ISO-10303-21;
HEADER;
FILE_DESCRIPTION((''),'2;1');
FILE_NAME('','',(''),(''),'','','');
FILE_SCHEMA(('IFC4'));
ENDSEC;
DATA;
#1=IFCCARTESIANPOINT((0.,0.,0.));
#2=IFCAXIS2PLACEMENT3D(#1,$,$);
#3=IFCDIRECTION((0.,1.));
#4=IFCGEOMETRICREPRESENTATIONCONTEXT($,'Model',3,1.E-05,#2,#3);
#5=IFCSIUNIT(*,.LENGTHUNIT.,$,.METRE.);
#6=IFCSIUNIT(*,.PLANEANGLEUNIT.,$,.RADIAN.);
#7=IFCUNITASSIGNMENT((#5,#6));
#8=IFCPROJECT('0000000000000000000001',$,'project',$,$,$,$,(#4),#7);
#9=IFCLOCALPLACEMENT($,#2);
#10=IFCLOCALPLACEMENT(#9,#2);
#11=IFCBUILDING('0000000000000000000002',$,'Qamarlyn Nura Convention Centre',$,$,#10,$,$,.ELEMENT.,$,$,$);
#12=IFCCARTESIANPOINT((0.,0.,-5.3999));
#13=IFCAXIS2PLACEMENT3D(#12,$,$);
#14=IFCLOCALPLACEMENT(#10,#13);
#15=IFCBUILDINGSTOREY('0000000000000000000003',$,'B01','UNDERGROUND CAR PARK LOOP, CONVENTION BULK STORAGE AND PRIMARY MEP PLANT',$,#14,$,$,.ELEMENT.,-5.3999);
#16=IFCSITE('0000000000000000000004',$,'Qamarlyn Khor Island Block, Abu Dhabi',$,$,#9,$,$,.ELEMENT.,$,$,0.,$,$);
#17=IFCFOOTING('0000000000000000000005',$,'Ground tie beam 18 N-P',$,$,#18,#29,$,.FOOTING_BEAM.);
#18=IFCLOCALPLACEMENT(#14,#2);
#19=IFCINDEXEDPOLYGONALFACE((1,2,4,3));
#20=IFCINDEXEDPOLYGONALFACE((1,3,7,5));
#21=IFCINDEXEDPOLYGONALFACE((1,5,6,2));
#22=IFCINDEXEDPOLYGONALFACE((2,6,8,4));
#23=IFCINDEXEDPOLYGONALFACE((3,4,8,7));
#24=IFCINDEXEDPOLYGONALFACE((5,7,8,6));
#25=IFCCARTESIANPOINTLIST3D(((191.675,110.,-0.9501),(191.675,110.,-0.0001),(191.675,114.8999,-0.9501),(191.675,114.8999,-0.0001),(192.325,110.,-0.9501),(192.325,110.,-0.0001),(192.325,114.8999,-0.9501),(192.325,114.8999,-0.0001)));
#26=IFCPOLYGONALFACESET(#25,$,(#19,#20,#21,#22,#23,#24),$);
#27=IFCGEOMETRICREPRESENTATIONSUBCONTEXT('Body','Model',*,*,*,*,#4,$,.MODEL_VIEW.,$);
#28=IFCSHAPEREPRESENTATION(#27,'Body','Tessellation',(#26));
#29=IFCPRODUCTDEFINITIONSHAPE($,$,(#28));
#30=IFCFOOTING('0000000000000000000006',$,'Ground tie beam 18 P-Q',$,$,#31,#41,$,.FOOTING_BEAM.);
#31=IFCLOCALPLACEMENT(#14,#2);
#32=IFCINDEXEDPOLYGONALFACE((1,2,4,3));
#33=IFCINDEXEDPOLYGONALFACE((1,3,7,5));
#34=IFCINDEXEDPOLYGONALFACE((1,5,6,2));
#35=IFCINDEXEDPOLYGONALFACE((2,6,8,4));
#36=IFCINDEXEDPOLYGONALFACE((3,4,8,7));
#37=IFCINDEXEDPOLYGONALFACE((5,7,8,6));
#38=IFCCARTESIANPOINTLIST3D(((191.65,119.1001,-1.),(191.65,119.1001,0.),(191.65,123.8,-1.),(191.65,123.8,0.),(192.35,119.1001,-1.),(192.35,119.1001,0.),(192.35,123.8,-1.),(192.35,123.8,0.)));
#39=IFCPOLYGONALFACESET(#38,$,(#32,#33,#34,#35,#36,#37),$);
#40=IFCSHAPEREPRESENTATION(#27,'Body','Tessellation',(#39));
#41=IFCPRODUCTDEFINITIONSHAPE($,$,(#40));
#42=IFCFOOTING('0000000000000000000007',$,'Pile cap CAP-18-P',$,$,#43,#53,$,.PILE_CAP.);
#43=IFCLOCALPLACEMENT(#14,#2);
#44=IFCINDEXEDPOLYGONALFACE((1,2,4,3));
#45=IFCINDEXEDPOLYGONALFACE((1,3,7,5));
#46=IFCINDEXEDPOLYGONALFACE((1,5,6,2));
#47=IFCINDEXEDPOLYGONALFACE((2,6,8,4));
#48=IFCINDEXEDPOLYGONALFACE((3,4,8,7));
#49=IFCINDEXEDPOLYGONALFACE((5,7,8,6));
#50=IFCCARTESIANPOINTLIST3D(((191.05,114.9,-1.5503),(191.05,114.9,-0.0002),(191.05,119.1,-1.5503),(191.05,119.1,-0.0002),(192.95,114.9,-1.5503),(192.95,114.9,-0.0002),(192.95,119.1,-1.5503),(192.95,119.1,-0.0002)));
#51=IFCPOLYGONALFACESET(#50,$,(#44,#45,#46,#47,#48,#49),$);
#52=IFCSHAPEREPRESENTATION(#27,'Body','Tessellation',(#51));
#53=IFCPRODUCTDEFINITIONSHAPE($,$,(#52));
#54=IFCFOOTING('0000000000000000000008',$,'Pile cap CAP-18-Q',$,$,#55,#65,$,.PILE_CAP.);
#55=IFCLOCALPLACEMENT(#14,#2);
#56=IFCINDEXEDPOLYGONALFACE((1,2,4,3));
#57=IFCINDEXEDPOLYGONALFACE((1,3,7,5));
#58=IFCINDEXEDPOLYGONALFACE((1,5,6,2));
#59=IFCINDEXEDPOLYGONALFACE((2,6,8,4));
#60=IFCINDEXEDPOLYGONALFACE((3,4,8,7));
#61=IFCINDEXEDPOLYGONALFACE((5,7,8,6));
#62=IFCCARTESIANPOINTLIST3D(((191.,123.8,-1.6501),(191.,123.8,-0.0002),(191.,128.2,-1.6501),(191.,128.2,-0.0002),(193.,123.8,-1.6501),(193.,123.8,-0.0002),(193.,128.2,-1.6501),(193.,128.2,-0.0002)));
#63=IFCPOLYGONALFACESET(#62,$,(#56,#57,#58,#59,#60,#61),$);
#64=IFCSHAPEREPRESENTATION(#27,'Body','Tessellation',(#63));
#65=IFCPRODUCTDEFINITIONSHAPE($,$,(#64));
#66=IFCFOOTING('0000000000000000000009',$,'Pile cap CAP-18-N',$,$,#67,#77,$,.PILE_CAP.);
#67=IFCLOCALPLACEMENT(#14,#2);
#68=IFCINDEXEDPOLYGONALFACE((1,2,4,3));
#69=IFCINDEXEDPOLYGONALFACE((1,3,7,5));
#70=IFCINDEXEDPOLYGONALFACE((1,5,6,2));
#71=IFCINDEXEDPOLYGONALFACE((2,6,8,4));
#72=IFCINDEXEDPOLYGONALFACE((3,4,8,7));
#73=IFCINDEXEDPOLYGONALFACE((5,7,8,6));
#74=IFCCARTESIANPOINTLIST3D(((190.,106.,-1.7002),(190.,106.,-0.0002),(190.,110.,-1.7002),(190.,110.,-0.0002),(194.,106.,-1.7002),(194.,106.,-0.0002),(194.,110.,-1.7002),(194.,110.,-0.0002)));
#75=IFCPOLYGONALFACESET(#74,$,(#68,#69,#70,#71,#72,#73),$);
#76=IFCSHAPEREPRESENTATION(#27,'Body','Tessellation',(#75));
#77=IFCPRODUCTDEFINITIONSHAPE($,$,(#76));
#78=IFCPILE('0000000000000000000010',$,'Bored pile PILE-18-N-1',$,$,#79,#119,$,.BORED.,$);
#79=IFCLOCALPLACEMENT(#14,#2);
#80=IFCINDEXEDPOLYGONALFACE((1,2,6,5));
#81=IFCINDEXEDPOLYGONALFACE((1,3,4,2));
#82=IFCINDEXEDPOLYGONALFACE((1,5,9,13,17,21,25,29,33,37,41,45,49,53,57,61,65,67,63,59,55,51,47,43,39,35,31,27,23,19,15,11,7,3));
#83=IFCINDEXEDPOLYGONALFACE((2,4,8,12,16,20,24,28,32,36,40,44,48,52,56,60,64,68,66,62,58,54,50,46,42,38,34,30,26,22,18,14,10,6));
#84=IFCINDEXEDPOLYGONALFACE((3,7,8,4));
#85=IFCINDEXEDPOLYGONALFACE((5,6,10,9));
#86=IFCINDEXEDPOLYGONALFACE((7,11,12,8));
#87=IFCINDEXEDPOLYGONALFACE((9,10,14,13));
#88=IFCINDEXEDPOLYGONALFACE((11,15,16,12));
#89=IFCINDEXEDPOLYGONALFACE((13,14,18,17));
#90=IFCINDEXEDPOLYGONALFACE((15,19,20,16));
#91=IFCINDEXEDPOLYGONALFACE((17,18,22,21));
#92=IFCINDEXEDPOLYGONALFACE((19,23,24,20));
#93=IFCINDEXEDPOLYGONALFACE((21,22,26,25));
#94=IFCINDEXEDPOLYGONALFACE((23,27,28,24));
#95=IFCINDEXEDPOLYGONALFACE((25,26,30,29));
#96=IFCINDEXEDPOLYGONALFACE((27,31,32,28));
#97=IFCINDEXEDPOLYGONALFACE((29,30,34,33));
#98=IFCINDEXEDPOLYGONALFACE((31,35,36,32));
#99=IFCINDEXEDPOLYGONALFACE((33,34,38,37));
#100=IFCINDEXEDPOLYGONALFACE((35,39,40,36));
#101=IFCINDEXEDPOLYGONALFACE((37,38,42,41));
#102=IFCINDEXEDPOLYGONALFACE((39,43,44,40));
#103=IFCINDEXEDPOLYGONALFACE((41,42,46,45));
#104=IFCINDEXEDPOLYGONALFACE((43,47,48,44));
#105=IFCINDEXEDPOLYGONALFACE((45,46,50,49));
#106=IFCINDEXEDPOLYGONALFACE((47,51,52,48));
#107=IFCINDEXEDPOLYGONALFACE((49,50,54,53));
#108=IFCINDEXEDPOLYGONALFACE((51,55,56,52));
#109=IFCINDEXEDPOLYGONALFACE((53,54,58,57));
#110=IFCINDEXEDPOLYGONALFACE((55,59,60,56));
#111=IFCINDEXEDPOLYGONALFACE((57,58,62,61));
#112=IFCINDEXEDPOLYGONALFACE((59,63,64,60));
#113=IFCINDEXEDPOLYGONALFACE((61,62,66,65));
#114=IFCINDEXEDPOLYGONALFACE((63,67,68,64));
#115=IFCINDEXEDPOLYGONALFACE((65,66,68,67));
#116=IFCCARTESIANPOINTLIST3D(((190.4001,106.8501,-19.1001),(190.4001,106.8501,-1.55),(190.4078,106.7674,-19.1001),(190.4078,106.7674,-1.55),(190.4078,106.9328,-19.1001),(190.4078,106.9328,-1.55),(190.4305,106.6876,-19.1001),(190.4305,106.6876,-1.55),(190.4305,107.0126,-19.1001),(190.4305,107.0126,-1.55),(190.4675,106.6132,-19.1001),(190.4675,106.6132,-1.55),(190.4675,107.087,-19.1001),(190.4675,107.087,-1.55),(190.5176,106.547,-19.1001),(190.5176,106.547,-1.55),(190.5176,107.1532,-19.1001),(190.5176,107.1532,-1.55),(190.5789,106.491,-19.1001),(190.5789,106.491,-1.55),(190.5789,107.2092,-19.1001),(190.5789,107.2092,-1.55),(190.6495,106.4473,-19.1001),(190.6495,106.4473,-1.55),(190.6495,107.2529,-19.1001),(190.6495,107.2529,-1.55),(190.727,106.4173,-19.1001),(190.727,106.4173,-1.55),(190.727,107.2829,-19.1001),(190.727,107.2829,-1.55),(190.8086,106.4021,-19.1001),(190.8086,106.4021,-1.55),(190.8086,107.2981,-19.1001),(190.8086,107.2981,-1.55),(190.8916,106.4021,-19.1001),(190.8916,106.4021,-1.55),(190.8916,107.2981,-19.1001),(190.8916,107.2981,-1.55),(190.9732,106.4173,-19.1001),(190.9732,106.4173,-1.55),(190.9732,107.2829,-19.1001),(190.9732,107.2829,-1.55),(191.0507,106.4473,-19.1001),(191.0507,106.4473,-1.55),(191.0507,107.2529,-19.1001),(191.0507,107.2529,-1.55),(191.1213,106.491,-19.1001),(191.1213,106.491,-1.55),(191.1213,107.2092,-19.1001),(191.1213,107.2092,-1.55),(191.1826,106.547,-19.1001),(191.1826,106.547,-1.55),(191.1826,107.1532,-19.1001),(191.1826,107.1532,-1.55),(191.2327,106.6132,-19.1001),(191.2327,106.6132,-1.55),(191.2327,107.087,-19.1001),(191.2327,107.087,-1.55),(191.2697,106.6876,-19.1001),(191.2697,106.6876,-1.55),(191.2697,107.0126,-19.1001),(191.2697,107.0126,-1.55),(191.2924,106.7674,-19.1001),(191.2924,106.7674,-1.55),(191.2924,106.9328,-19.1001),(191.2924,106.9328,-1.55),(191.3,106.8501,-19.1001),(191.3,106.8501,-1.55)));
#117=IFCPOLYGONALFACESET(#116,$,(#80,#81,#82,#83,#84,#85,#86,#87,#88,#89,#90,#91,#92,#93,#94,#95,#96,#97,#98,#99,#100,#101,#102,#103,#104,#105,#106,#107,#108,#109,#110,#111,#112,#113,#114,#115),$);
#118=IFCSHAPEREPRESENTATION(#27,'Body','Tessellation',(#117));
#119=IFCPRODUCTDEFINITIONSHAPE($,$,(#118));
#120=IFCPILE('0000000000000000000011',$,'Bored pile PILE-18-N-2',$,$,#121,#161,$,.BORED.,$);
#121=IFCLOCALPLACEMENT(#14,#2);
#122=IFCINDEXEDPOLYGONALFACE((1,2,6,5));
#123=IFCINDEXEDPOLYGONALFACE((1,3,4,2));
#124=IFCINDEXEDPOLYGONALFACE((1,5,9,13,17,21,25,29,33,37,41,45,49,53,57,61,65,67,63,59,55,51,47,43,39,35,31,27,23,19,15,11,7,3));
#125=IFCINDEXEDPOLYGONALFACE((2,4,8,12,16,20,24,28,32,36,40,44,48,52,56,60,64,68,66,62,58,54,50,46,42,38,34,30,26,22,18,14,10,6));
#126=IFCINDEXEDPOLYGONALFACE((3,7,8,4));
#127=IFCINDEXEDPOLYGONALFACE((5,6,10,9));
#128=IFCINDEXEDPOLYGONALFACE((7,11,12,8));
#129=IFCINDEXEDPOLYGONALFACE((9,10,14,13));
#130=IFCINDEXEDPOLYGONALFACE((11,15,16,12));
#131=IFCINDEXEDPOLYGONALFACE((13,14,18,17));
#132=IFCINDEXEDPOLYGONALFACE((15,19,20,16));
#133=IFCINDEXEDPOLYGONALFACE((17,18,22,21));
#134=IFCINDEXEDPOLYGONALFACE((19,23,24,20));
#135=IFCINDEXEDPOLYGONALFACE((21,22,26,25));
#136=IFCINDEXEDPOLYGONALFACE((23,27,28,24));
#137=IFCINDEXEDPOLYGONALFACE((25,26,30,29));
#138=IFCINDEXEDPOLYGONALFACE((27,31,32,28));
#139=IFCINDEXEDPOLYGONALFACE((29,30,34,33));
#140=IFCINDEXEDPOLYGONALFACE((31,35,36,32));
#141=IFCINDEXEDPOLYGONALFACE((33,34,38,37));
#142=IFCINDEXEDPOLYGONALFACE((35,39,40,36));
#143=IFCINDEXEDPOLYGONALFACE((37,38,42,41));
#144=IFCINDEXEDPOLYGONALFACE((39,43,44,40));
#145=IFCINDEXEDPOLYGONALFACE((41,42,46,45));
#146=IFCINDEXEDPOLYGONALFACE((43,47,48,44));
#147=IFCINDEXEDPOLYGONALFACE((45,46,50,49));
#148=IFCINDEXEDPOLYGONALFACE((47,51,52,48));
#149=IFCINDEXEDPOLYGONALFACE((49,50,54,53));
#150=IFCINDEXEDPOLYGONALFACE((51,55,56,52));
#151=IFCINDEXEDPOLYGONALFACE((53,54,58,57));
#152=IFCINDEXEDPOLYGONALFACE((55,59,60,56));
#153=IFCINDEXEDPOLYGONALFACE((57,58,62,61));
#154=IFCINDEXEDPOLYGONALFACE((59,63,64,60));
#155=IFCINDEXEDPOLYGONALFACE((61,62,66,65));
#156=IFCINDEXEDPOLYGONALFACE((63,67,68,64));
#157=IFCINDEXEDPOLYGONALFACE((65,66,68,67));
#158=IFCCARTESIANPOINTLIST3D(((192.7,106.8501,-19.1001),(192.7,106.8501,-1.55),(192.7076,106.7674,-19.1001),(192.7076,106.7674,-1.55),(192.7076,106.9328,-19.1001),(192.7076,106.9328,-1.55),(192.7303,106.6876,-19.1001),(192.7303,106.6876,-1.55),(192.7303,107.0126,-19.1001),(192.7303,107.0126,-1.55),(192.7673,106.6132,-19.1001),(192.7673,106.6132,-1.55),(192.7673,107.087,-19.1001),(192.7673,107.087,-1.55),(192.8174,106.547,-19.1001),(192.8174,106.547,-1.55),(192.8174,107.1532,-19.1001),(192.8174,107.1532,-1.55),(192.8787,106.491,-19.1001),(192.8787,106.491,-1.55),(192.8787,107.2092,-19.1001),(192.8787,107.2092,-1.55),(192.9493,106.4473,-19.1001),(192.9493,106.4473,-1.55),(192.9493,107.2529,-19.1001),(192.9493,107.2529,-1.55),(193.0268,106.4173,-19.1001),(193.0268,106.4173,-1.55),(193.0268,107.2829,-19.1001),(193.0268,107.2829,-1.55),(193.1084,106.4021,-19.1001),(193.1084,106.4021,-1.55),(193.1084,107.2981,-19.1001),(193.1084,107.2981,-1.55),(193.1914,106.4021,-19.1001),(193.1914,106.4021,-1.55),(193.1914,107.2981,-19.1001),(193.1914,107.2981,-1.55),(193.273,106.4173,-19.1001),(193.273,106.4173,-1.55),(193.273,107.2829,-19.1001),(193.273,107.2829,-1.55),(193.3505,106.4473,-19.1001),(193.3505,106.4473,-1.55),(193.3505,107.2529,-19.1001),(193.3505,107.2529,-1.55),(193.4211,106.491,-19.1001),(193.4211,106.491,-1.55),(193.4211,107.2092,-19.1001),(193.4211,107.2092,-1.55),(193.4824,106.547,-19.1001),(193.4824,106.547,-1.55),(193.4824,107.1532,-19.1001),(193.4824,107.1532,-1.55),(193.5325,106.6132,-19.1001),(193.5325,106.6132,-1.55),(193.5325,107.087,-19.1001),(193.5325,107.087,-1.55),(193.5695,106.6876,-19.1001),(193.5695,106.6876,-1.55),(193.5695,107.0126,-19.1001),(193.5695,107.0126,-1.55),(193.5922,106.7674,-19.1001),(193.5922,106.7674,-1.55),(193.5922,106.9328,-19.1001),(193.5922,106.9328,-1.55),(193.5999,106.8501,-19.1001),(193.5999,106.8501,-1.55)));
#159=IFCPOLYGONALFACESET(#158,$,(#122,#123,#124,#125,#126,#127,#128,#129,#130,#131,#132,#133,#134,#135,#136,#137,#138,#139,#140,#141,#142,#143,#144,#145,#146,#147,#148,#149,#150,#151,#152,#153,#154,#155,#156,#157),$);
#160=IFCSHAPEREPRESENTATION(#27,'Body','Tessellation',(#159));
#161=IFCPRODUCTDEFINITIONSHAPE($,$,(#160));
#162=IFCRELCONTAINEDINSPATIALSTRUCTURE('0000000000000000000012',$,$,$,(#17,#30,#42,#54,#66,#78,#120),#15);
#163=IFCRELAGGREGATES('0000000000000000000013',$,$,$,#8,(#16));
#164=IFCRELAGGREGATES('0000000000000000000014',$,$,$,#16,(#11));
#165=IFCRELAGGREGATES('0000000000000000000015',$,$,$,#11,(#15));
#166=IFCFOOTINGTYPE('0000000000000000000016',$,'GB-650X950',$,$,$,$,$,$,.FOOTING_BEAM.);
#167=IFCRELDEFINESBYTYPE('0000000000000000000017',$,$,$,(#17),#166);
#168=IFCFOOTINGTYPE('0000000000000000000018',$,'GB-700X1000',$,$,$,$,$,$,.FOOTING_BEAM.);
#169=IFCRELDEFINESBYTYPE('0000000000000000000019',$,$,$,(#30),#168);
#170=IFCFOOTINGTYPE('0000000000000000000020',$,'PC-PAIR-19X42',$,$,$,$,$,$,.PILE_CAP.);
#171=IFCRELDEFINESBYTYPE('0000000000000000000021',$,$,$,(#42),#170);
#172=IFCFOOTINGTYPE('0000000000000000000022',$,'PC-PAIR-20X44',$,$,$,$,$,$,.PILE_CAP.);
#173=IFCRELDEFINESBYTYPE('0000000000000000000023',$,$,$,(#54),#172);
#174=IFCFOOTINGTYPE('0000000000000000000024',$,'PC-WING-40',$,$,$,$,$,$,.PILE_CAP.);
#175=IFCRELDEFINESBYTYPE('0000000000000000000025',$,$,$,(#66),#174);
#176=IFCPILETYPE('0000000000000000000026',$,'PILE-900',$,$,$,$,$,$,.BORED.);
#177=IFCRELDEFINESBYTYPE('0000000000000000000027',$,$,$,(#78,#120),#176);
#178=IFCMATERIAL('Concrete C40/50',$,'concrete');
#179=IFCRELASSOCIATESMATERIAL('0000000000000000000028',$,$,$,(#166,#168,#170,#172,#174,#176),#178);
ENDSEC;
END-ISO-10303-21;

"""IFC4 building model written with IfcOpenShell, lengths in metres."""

from ifc_helpers import new_model, si_unit, direction, frame, origin, origin_2d, place, context, subcontext, project, spatial, rectangle, circle, extrude, material, material_profile, profile_set, type_object, element, save


model = new_model("IFC4")

# Units and contexts
model_context = context("Model", 3, precision=1e-05, world=origin(), true_north=direction((0.0, 1.0)))
body_context = subcontext(model_context, "Body", "Model", "MODEL_VIEW")
ifc_project = project(units=[si_unit("LENGTHUNIT", "METRE"), si_unit("PLANEANGLEUNIT", "RADIAN")], contexts=[model_context])

# Site, building, storey
site_placement = place(None, origin())
site = spatial("IfcSite", under=ifc_project, at=site_placement, Name="Qamarlyn Khor Island Block, Abu Dhabi", CompositionType="ELEMENT", RefElevation=0.0)
building_placement = place(site_placement, origin())
building = spatial("IfcBuilding", under=site, at=building_placement, Name="Qamarlyn Nura Convention Centre", CompositionType="ELEMENT")
storey_placement = place(building_placement, frame((0.0, 0.0, -5.3999)))
storey = spatial("IfcBuildingStorey", under=building, at=storey_placement, Name="B01", Description="UNDERGROUND CAR PARK LOOP, CONVENTION BULK STORAGE AND PRIMARY MEP PLANT", CompositionType="ELEMENT", Elevation=-5.3999)

# Footings
ifc_material_1 = material(Name="Concrete C40/50", Category="concrete")
ifc_material_profile_1 = material_profile(ifc_material_1, rectangle(XDim=0.6499, YDim=0.95, at=origin_2d()), Name="RC GB 650x950")
ifc_profile_set_1 = profile_set([ifc_material_profile_1], Name="Concrete C40/50")
footing_type_1 = type_object("IfcFootingType", Name="GB-650X950", PredefinedType="FOOTING_BEAM", material=ifc_profile_set_1)
footing_1_placement = place(storey_placement, frame((192.0, 110.0, -0.4751), z_axis=(0.0, 1.0, 0.0), x_axis=(-1.0, 0.0, 0.0)))
element("IfcFooting", 1, at=footing_1_placement, inside=storey, type_object=footing_type_1, Name="Ground tie beam 18 N-P", PredefinedType="FOOTING_BEAM", context=body_context, shape_type="SweptSolid", body=[
    extrude(rectangle(XDim=0.6499, YDim=0.95, at=origin_2d()), origin(), (0.0, 0.0, 1.0), 4.8999),
])
ifc_material_profile_2 = material_profile(ifc_material_1, rectangle(XDim=0.7, YDim=1.0, at=origin_2d()), Name="RC GB 700x1000")
ifc_profile_set_2 = profile_set([ifc_material_profile_2], Name="Concrete C40/50")
footing_type_2 = type_object("IfcFootingType", Name="GB-700X1000", PredefinedType="FOOTING_BEAM", material=ifc_profile_set_2)
footing_2_placement = place(storey_placement, frame((192.0, 119.1001, -0.5), z_axis=(0.0, 1.0, 0.0), x_axis=(-1.0, 0.0, 0.0)))
element("IfcFooting", 2, at=footing_2_placement, inside=storey, type_object=footing_type_2, Name="Ground tie beam 18 P-Q", PredefinedType="FOOTING_BEAM", context=body_context, shape_type="SweptSolid", body=[
    extrude(rectangle(XDim=0.7, YDim=1.0, at=origin_2d()), origin(), (0.0, 0.0, 1.0), 4.7),
])
footing_type_3 = type_object("IfcFootingType", Name="PC-PAIR-19X42", PredefinedType="PILE_CAP", material=ifc_material_1)
footing_3_placement = place(storey_placement, frame((192.0, 117.0, -1.5503), z_axis=(0.0, 0.0, 1.0), x_axis=(1.0, 0.0, 0.0)))
element("IfcFooting", 3, at=footing_3_placement, inside=storey, type_object=footing_type_3, Name="Pile cap CAP-18-P", PredefinedType="PILE_CAP", context=body_context, shape_type="SweptSolid", body=[
    extrude(rectangle(XDim=1.8999, YDim=4.2, at=origin_2d()), origin(), (0.0, 0.0, 1.0), 1.55),
])
footing_type_4 = type_object("IfcFootingType", Name="PC-PAIR-20X44", PredefinedType="PILE_CAP", material=ifc_material_1)
footing_4_placement = place(storey_placement, frame((192.0, 126.0, -1.6501), z_axis=(0.0, 0.0, 1.0), x_axis=(1.0, 0.0, 0.0)))
element("IfcFooting", 4, at=footing_4_placement, inside=storey, type_object=footing_type_4, Name="Pile cap CAP-18-Q", PredefinedType="PILE_CAP", context=body_context, shape_type="SweptSolid", body=[
    extrude(rectangle(XDim=2.0, YDim=4.3999, at=origin_2d()), origin(), (0.0, 0.0, 1.0), 1.6499),
])
footing_type_5 = type_object("IfcFootingType", Name="PC-WING-40", PredefinedType="PILE_CAP", material=ifc_material_1)
footing_5_placement = place(storey_placement, frame((192.0, 108.0, -1.7002), z_axis=(0.0, 0.0, 1.0), x_axis=(1.0, 0.0, 0.0)))
element("IfcFooting", 5, at=footing_5_placement, inside=storey, type_object=footing_type_5, Name="Pile cap CAP-18-N", PredefinedType="PILE_CAP", context=body_context, shape_type="SweptSolid", body=[
    extrude(rectangle(XDim=4.0, YDim=4.0, at=origin_2d()), origin(), (0.0, 0.0, 1.0), 1.7),
])

# Piles
ifc_material_profile_3 = material_profile(ifc_material_1, circle(Radius=0.45, at=origin_2d()), Name="BORED PILE 900")
ifc_profile_set_3 = profile_set([ifc_material_profile_3], Name="Concrete C40/50")
pile_type = type_object("IfcPileType", Name="PILE-900", PredefinedType="BORED", material=ifc_profile_set_3)
for number, where, z_axis, x_axis, name in (
    (6, (190.8501, 106.8501, -1.55), (0.0, 0.0, -1.0), (1.0, 0.0, 0.0), "Bored pile PILE-18-N-1"),
    (7, (193.1499, 106.8501, -1.55), (0.0, 0.0, -1.0), (1.0, 0.0, 0.0), "Bored pile PILE-18-N-2"),
):
    element("IfcPile", number, at=place(storey_placement, frame(where, z_axis=z_axis, x_axis=x_axis)), inside=storey, type_object=pile_type, Name=name, PredefinedType="BORED", context=body_context, shape_type="SweptSolid", body=[
        extrude(circle(Radius=0.45, at=origin_2d()), origin(), (0.0, 0.0, 1.0), 17.55),
    ])

save(model, "model.ifc")
